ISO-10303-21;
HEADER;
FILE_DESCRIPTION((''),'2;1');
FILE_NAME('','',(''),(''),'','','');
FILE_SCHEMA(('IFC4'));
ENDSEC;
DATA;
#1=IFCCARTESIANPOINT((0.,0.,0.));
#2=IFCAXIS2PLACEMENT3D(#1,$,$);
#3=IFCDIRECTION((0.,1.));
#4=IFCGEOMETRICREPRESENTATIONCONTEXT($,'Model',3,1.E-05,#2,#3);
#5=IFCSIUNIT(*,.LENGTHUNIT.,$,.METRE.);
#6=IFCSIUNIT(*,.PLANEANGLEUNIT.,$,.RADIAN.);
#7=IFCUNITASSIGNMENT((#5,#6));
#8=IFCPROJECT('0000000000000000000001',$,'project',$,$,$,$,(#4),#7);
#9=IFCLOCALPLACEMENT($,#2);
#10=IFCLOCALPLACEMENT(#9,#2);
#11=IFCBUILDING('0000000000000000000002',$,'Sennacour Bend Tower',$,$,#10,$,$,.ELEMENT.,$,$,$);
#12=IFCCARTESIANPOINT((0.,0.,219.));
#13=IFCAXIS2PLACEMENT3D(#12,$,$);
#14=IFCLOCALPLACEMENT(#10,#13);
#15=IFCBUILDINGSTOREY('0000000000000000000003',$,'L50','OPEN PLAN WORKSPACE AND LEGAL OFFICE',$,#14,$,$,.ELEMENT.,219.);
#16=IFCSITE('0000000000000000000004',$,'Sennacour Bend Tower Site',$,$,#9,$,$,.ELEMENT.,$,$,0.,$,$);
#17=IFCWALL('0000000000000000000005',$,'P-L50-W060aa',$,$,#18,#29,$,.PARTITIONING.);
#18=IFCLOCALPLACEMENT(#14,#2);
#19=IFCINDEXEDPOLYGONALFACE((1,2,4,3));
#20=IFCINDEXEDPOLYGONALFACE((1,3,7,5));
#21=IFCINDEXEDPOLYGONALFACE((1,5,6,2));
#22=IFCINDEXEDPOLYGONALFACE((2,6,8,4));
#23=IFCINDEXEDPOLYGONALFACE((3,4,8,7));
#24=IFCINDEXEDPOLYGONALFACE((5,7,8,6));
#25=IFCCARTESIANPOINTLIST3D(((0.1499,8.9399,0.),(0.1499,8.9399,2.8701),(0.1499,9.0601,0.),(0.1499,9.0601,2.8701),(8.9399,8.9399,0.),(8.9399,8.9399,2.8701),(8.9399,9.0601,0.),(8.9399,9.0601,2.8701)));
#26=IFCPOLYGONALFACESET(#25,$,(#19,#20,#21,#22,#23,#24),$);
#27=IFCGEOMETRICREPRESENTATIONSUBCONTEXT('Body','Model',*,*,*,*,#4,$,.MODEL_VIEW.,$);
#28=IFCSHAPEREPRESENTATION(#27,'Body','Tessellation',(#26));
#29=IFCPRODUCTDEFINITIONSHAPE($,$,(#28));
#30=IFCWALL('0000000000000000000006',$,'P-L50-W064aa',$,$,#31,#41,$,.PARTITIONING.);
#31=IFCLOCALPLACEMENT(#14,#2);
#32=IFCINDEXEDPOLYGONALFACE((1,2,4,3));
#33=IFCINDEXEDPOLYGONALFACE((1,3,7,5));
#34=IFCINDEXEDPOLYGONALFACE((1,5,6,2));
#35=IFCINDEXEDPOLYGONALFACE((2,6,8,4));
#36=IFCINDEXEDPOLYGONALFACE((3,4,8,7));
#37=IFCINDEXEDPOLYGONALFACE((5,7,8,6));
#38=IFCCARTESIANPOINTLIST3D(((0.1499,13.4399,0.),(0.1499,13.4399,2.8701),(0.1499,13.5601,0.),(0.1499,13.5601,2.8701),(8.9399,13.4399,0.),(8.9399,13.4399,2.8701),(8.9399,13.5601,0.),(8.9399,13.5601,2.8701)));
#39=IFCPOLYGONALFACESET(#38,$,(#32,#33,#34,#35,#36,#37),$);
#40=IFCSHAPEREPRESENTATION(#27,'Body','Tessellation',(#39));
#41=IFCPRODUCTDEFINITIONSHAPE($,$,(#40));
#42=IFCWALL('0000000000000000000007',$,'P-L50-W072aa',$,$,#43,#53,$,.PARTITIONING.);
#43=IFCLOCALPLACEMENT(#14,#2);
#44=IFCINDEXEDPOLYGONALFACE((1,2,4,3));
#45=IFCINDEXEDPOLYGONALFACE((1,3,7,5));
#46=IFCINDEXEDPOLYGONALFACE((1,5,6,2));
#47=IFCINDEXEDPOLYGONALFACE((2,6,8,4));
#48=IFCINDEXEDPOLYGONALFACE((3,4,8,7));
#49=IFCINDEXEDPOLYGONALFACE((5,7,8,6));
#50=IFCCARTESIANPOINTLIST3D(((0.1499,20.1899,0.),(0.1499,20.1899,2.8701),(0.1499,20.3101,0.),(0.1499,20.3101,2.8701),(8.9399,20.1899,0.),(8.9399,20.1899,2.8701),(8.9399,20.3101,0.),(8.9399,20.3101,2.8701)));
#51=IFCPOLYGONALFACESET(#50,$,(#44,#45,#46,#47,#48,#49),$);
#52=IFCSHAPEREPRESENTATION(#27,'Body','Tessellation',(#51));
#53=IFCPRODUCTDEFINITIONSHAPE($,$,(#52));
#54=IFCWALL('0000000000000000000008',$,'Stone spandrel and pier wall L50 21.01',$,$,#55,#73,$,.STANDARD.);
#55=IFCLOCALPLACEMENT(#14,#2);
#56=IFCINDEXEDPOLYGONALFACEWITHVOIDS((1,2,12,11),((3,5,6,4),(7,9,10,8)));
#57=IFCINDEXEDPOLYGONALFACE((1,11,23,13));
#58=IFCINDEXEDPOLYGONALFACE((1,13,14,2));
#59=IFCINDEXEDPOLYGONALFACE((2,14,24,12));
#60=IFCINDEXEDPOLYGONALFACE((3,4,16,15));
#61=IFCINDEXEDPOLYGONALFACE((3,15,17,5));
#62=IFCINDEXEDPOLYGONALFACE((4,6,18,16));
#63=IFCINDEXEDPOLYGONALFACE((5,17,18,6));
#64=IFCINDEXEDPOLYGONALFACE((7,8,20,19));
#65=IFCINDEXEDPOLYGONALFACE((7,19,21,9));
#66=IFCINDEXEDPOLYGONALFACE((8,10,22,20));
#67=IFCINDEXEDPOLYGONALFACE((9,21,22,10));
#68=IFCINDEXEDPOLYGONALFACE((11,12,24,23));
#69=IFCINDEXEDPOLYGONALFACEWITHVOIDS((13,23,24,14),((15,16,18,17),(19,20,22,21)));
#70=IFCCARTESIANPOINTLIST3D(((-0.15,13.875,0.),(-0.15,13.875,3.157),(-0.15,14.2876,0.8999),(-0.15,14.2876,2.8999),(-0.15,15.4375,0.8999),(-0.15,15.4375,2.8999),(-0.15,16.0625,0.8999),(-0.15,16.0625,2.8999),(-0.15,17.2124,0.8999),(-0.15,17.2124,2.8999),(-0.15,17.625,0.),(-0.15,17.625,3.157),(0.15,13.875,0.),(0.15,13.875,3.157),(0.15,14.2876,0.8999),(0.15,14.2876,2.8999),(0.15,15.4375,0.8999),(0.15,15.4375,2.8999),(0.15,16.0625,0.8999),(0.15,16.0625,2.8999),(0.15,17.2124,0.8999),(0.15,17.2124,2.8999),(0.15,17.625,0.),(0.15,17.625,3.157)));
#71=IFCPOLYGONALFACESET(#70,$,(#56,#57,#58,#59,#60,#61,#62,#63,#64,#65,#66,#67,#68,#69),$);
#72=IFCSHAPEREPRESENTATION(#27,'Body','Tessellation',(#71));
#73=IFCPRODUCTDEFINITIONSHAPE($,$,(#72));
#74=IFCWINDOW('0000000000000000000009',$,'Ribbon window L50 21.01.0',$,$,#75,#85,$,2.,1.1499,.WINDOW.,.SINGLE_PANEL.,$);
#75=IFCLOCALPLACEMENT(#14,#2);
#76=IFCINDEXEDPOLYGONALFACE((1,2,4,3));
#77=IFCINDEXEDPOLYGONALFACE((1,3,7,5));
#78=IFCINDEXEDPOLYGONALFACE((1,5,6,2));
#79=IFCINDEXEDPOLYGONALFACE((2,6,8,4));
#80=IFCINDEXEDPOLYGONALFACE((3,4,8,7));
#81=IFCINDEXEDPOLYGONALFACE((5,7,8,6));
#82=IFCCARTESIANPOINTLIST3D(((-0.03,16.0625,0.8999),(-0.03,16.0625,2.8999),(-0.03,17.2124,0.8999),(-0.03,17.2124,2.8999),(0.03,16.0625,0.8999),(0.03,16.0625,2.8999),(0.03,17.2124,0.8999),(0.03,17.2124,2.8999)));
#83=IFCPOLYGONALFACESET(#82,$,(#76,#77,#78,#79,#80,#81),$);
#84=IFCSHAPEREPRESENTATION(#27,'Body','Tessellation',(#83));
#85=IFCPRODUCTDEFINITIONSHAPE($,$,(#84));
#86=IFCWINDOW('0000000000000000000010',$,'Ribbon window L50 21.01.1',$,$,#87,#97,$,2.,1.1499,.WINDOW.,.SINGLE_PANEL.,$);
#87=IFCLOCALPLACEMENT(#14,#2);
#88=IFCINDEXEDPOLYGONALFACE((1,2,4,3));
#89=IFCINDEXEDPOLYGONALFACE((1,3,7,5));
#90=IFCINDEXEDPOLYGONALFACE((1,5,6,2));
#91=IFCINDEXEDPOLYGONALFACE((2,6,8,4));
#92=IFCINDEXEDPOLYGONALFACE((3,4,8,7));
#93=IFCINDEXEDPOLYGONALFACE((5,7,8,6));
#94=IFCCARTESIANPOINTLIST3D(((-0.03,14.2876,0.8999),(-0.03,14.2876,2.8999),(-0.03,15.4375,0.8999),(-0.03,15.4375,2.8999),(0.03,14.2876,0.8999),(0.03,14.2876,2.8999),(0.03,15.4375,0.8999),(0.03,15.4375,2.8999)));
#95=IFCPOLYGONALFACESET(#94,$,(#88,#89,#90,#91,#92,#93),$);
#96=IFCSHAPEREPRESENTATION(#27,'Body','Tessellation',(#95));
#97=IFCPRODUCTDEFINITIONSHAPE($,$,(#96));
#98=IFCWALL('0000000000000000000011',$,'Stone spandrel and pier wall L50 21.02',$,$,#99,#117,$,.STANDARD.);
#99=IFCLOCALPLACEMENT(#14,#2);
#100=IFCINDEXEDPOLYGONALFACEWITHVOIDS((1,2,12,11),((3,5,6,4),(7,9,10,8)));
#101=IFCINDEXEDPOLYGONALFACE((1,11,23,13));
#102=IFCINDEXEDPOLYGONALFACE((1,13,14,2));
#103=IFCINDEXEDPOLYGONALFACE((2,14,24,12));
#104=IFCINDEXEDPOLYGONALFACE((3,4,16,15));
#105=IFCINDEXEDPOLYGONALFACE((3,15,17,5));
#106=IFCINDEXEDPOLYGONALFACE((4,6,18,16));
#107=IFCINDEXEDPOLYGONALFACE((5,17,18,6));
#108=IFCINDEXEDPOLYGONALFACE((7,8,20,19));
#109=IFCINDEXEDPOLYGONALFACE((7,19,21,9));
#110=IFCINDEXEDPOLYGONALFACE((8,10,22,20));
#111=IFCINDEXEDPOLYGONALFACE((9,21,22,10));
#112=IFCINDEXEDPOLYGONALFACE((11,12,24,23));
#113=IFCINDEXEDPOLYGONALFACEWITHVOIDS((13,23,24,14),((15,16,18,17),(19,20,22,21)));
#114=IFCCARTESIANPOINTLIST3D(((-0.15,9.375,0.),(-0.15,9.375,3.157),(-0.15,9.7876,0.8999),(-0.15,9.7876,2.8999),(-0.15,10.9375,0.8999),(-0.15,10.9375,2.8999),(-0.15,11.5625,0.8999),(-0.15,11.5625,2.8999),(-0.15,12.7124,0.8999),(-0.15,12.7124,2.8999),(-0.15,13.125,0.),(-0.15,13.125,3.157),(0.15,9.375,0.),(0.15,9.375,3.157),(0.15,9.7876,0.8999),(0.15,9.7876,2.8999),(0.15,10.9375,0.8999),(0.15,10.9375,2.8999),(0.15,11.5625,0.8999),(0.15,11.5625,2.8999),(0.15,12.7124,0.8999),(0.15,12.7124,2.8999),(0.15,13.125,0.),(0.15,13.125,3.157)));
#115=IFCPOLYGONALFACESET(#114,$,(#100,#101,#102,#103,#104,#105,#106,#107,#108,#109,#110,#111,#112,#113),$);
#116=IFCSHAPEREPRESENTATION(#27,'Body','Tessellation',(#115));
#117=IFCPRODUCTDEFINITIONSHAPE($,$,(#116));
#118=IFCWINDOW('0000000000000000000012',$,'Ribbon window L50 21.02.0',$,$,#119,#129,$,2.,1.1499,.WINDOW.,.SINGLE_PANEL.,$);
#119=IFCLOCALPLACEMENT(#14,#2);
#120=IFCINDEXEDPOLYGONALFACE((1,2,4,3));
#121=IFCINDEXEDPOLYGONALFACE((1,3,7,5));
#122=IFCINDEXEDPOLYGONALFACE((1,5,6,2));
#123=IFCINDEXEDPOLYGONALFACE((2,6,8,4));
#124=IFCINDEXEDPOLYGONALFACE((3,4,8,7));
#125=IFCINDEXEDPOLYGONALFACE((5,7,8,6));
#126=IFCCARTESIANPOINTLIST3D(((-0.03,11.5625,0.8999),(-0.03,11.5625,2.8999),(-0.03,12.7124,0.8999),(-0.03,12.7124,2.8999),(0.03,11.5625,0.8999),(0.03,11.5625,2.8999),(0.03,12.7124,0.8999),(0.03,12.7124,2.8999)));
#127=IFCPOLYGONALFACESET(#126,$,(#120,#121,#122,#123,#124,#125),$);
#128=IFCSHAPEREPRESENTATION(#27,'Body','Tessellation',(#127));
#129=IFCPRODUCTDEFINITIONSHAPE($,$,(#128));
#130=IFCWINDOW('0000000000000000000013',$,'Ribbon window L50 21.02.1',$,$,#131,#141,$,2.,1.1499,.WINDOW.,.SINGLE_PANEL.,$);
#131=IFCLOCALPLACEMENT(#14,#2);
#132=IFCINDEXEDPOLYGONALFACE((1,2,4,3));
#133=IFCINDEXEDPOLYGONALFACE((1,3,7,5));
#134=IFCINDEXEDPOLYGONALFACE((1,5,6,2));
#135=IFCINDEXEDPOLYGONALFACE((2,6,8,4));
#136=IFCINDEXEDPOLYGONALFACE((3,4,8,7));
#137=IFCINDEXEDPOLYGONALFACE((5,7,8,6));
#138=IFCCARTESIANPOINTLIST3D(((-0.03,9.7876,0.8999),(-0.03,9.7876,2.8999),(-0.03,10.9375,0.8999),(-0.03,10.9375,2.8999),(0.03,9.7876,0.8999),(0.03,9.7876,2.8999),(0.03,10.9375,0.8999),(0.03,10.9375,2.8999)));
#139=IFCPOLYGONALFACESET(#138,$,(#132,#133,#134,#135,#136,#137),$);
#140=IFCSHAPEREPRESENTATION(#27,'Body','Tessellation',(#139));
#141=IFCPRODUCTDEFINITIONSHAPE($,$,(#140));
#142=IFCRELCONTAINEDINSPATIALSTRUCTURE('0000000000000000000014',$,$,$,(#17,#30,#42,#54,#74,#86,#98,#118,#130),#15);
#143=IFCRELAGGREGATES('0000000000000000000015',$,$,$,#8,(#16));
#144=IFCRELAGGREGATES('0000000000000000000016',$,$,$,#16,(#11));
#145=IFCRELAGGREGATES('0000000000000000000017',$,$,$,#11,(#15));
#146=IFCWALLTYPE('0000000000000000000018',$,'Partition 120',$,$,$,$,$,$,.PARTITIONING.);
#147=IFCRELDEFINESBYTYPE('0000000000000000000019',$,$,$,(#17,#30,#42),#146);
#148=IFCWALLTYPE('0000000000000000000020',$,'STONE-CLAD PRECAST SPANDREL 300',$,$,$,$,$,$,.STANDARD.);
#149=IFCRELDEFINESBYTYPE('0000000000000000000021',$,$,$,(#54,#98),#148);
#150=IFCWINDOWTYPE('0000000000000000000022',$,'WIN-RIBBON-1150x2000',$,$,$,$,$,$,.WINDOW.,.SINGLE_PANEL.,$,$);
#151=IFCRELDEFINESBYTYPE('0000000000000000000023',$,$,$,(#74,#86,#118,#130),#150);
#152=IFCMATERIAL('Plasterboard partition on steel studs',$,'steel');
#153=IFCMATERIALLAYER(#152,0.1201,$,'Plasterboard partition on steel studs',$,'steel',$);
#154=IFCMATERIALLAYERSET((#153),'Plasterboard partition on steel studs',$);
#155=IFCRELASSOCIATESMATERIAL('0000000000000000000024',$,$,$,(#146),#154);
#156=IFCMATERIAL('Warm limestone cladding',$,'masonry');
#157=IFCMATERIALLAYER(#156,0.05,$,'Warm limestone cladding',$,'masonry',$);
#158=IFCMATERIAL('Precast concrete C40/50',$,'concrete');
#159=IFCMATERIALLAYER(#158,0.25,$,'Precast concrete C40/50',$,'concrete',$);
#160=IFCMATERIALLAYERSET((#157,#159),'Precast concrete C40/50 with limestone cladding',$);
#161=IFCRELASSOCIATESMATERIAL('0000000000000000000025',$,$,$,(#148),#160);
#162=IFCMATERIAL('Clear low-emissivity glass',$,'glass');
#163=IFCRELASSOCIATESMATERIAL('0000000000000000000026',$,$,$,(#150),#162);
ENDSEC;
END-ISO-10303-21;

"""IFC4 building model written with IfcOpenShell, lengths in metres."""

from ifc_helpers import new_model, si_unit, direction, frame, frame_2d, origin, place, context, subcontext, project, spatial, rectangle, extrude, material, layer, layer_set, type_object, element, fill, save


model = new_model("IFC4")

# Units and contexts
model_context = context("Model", 3, precision=1e-05, world=origin(), true_north=direction((0.0, 1.0)))
body_context = subcontext(model_context, "Body", "Model", "MODEL_VIEW")
ifc_project = project(units=[si_unit("LENGTHUNIT", "METRE"), si_unit("PLANEANGLEUNIT", "RADIAN")], contexts=[model_context])

# Site, building, storey
site_placement = place(None, origin())
site = spatial("IfcSite", under=ifc_project, at=site_placement, Name="Sennacour Bend Tower Site", CompositionType="ELEMENT", RefElevation=0.0)
building_placement = place(site_placement, origin())
building = spatial("IfcBuilding", under=site, at=building_placement, Name="Sennacour Bend Tower", CompositionType="ELEMENT")
storey_placement = place(building_placement, frame((0.0, 0.0, 219.0)))
storey = spatial("IfcBuildingStorey", under=building, at=storey_placement, Name="L50", Description="OPEN PLAN WORKSPACE AND LEGAL OFFICE", CompositionType="ELEMENT", Elevation=219.0)

# Walls
ifc_material_1 = material(Name="Plasterboard partition on steel studs", Category="steel")
ifc_layer_1 = layer(ifc_material_1, 0.1201, Name="Plasterboard partition on steel studs", Category="steel")
ifc_layer_set_1 = layer_set([ifc_layer_1], Name="Plasterboard partition on steel studs")
wall_type_1 = type_object("IfcWallType", Name="Partition 120", PredefinedType="PARTITIONING", material=ifc_layer_set_1)
for number, where, z_axis, x_axis, name in (
    (1, (0.1499, 9.0, 0.0), (0.0, 0.0, 1.0), (1.0, 0.0, 0.0), "P-L50-W060aa"),
    (2, (0.1499, 13.5, 0.0), (0.0, 0.0, 1.0), (1.0, 0.0, 0.0), "P-L50-W064aa"),
    (3, (0.1499, 20.25, 0.0), (0.0, 0.0, 1.0), (1.0, 0.0, 0.0), "P-L50-W072aa"),
):
    element("IfcWall", number, at=place(storey_placement, frame(where, z_axis=z_axis, x_axis=x_axis)), inside=storey, type_object=wall_type_1, Name=name, PredefinedType="PARTITIONING", context=body_context, shape_type="SweptSolid", body=[
        extrude(rectangle(XDim=8.79, YDim=0.1201, at=frame_2d((4.395, 0.0))), origin(), (0.0, 0.0, 1.0), 2.8701),
    ])

# Walls, openings, windows
ifc_material_2 = material(Name="Warm limestone cladding", Category="masonry")
ifc_layer_2 = layer(ifc_material_2, 0.05, Name="Warm limestone cladding", Category="masonry")
ifc_material_3 = material(Name="Precast concrete C40/50", Category="concrete")
ifc_layer_3 = layer(ifc_material_3, 0.25, Name="Precast concrete C40/50", Category="concrete")
ifc_layer_set_2 = layer_set([ifc_layer_2, ifc_layer_3], Name="Precast concrete C40/50 with limestone cladding")
wall_type_2 = type_object("IfcWallType", Name="STONE-CLAD PRECAST SPANDREL 300", PredefinedType="STANDARD", material=ifc_layer_set_2)
wall_1_placement = place(storey_placement, frame((0.0, 17.625, 0.0), z_axis=(0.0, 0.0, 1.0), x_axis=(0.0, -1.0, 0.0)))
wall_1 = element("IfcWall", 4, at=wall_1_placement, inside=storey, type_object=wall_type_2, Name="Stone spandrel and pier wall L50 21.01", PredefinedType="STANDARD", context=body_context, shape_type="SweptSolid", body=[
    extrude(rectangle(XDim=3.75, YDim=0.3, at=frame_2d((1.875, 0.0))), origin(), (0.0, 0.0, 1.0), 3.157),
])
opening_1_placement = place(wall_1_placement, frame((0.4126, 0.0, 0.8999)))
opening_1 = element("IfcOpeningElement", 5, at=opening_1_placement, cuts=wall_1, PredefinedType="OPENING", context=body_context, shape_type="SweptSolid", body=[
    extrude(rectangle(XDim=1.1499, YDim=2.0, at=frame_2d((0.575, 1.0))), frame((0.0, 0.1602, 0.0), z_axis=(0.0, -1.0, 0.0), x_axis=(1.0, 0.0, 0.0)), (0.0, 0.0, 1.0), 0.3201),
])
opening_2_placement = place(wall_1_placement, frame((2.1875, 0.0, 0.8999)))
opening_2 = element("IfcOpeningElement", 6, at=opening_2_placement, cuts=wall_1, PredefinedType="OPENING", context=body_context, shape_type="SweptSolid", body=[
    extrude(rectangle(XDim=1.1499, YDim=2.0, at=frame_2d((0.575, 1.0))), frame((0.0, 0.1602, 0.0), z_axis=(0.0, -1.0, 0.0), x_axis=(1.0, 0.0, 0.0)), (0.0, 0.0, 1.0), 0.3201),
])
ifc_material_4 = material(Name="Clear low-emissivity glass", Category="glass")
window_type = type_object("IfcWindowType", Name="WIN-RIBBON-1150x2000", PartitioningType="SINGLE_PANEL", PredefinedType="WINDOW", material=ifc_material_4)
window_1_placement = place(opening_1_placement, origin())
window_1 = element("IfcWindow", 7, at=window_1_placement, inside=storey, type_object=window_type, Name="Ribbon window L50 21.01.0", OverallHeight=2.0, OverallWidth=1.1499, PartitioningType="SINGLE_PANEL", PredefinedType="WINDOW", context=body_context, shape_type="SweptSolid", body=[
    extrude(rectangle(XDim=1.1499, YDim=2.0, at=frame_2d((0.575, 1.0))), frame((0.0, 0.03, 0.0), z_axis=(0.0, -1.0, 0.0), x_axis=(1.0, 0.0, 0.0)), (0.0, 0.0, 1.0), 0.0601),
])
fill(opening_1, window_1)
window_2_placement = place(opening_2_placement, origin())
window_2 = element("IfcWindow", 8, at=window_2_placement, inside=storey, type_object=window_type, Name="Ribbon window L50 21.01.1", OverallHeight=2.0, OverallWidth=1.1499, PartitioningType="SINGLE_PANEL", PredefinedType="WINDOW", context=body_context, shape_type="SweptSolid", body=[
    extrude(rectangle(XDim=1.1499, YDim=2.0, at=frame_2d((0.575, 1.0))), frame((0.0, 0.03, 0.0), z_axis=(0.0, -1.0, 0.0), x_axis=(1.0, 0.0, 0.0)), (0.0, 0.0, 1.0), 0.0601),
])
fill(opening_2, window_2)
wall_2_placement = place(storey_placement, frame((0.0, 13.125, 0.0), z_axis=(0.0, 0.0, 1.0), x_axis=(0.0, -1.0, 0.0)))
wall_2 = element("IfcWall", 9, at=wall_2_placement, inside=storey, type_object=wall_type_2, Name="Stone spandrel and pier wall L50 21.02", PredefinedType="STANDARD", context=body_context, shape_type="SweptSolid", body=[
    extrude(rectangle(XDim=3.75, YDim=0.3, at=frame_2d((1.875, 0.0))), origin(), (0.0, 0.0, 1.0), 3.157),
])
opening_3_placement = place(wall_2_placement, frame((0.4126, 0.0, 0.8999)))
opening_3 = element("IfcOpeningElement", 10, at=opening_3_placement, cuts=wall_2, PredefinedType="OPENING", context=body_context, shape_type="SweptSolid", body=[
    extrude(rectangle(XDim=1.1499, YDim=2.0, at=frame_2d((0.575, 1.0))), frame((0.0, 0.1602, 0.0), z_axis=(0.0, -1.0, 0.0), x_axis=(1.0, 0.0, 0.0)), (0.0, 0.0, 1.0), 0.3201),
])
opening_4_placement = place(wall_2_placement, frame((2.1875, 0.0, 0.8999)))
opening_4 = element("IfcOpeningElement", 11, at=opening_4_placement, cuts=wall_2, PredefinedType="OPENING", context=body_context, shape_type="SweptSolid", body=[
    extrude(rectangle(XDim=1.1499, YDim=2.0, at=frame_2d((0.575, 1.0))), frame((0.0, 0.1602, 0.0), z_axis=(0.0, -1.0, 0.0), x_axis=(1.0, 0.0, 0.0)), (0.0, 0.0, 1.0), 0.3201),
])
window_3_placement = place(opening_3_placement, origin())
window_3 = element("IfcWindow", 12, at=window_3_placement, inside=storey, type_object=window_type, Name="Ribbon window L50 21.02.0", OverallHeight=2.0, OverallWidth=1.1499, PartitioningType="SINGLE_PANEL", PredefinedType="WINDOW", context=body_context, shape_type="SweptSolid", body=[
    extrude(rectangle(XDim=1.1499, YDim=2.0, at=frame_2d((0.575, 1.0))), frame((0.0, 0.03, 0.0), z_axis=(0.0, -1.0, 0.0), x_axis=(1.0, 0.0, 0.0)), (0.0, 0.0, 1.0), 0.0601),
])
fill(opening_3, window_3)
window_4_placement = place(opening_4_placement, origin())
window_4 = element("IfcWindow", 13, at=window_4_placement, inside=storey, type_object=window_type, Name="Ribbon window L50 21.02.1", OverallHeight=2.0, OverallWidth=1.1499, PartitioningType="SINGLE_PANEL", PredefinedType="WINDOW", context=body_context, shape_type="SweptSolid", body=[
    extrude(rectangle(XDim=1.1499, YDim=2.0, at=frame_2d((0.575, 1.0))), frame((0.0, 0.03, 0.0), z_axis=(0.0, -1.0, 0.0), x_axis=(1.0, 0.0, 0.0)), (0.0, 0.0, 1.0), 0.0601),
])
fill(opening_4, window_4)

save(model, "model.ifc")
